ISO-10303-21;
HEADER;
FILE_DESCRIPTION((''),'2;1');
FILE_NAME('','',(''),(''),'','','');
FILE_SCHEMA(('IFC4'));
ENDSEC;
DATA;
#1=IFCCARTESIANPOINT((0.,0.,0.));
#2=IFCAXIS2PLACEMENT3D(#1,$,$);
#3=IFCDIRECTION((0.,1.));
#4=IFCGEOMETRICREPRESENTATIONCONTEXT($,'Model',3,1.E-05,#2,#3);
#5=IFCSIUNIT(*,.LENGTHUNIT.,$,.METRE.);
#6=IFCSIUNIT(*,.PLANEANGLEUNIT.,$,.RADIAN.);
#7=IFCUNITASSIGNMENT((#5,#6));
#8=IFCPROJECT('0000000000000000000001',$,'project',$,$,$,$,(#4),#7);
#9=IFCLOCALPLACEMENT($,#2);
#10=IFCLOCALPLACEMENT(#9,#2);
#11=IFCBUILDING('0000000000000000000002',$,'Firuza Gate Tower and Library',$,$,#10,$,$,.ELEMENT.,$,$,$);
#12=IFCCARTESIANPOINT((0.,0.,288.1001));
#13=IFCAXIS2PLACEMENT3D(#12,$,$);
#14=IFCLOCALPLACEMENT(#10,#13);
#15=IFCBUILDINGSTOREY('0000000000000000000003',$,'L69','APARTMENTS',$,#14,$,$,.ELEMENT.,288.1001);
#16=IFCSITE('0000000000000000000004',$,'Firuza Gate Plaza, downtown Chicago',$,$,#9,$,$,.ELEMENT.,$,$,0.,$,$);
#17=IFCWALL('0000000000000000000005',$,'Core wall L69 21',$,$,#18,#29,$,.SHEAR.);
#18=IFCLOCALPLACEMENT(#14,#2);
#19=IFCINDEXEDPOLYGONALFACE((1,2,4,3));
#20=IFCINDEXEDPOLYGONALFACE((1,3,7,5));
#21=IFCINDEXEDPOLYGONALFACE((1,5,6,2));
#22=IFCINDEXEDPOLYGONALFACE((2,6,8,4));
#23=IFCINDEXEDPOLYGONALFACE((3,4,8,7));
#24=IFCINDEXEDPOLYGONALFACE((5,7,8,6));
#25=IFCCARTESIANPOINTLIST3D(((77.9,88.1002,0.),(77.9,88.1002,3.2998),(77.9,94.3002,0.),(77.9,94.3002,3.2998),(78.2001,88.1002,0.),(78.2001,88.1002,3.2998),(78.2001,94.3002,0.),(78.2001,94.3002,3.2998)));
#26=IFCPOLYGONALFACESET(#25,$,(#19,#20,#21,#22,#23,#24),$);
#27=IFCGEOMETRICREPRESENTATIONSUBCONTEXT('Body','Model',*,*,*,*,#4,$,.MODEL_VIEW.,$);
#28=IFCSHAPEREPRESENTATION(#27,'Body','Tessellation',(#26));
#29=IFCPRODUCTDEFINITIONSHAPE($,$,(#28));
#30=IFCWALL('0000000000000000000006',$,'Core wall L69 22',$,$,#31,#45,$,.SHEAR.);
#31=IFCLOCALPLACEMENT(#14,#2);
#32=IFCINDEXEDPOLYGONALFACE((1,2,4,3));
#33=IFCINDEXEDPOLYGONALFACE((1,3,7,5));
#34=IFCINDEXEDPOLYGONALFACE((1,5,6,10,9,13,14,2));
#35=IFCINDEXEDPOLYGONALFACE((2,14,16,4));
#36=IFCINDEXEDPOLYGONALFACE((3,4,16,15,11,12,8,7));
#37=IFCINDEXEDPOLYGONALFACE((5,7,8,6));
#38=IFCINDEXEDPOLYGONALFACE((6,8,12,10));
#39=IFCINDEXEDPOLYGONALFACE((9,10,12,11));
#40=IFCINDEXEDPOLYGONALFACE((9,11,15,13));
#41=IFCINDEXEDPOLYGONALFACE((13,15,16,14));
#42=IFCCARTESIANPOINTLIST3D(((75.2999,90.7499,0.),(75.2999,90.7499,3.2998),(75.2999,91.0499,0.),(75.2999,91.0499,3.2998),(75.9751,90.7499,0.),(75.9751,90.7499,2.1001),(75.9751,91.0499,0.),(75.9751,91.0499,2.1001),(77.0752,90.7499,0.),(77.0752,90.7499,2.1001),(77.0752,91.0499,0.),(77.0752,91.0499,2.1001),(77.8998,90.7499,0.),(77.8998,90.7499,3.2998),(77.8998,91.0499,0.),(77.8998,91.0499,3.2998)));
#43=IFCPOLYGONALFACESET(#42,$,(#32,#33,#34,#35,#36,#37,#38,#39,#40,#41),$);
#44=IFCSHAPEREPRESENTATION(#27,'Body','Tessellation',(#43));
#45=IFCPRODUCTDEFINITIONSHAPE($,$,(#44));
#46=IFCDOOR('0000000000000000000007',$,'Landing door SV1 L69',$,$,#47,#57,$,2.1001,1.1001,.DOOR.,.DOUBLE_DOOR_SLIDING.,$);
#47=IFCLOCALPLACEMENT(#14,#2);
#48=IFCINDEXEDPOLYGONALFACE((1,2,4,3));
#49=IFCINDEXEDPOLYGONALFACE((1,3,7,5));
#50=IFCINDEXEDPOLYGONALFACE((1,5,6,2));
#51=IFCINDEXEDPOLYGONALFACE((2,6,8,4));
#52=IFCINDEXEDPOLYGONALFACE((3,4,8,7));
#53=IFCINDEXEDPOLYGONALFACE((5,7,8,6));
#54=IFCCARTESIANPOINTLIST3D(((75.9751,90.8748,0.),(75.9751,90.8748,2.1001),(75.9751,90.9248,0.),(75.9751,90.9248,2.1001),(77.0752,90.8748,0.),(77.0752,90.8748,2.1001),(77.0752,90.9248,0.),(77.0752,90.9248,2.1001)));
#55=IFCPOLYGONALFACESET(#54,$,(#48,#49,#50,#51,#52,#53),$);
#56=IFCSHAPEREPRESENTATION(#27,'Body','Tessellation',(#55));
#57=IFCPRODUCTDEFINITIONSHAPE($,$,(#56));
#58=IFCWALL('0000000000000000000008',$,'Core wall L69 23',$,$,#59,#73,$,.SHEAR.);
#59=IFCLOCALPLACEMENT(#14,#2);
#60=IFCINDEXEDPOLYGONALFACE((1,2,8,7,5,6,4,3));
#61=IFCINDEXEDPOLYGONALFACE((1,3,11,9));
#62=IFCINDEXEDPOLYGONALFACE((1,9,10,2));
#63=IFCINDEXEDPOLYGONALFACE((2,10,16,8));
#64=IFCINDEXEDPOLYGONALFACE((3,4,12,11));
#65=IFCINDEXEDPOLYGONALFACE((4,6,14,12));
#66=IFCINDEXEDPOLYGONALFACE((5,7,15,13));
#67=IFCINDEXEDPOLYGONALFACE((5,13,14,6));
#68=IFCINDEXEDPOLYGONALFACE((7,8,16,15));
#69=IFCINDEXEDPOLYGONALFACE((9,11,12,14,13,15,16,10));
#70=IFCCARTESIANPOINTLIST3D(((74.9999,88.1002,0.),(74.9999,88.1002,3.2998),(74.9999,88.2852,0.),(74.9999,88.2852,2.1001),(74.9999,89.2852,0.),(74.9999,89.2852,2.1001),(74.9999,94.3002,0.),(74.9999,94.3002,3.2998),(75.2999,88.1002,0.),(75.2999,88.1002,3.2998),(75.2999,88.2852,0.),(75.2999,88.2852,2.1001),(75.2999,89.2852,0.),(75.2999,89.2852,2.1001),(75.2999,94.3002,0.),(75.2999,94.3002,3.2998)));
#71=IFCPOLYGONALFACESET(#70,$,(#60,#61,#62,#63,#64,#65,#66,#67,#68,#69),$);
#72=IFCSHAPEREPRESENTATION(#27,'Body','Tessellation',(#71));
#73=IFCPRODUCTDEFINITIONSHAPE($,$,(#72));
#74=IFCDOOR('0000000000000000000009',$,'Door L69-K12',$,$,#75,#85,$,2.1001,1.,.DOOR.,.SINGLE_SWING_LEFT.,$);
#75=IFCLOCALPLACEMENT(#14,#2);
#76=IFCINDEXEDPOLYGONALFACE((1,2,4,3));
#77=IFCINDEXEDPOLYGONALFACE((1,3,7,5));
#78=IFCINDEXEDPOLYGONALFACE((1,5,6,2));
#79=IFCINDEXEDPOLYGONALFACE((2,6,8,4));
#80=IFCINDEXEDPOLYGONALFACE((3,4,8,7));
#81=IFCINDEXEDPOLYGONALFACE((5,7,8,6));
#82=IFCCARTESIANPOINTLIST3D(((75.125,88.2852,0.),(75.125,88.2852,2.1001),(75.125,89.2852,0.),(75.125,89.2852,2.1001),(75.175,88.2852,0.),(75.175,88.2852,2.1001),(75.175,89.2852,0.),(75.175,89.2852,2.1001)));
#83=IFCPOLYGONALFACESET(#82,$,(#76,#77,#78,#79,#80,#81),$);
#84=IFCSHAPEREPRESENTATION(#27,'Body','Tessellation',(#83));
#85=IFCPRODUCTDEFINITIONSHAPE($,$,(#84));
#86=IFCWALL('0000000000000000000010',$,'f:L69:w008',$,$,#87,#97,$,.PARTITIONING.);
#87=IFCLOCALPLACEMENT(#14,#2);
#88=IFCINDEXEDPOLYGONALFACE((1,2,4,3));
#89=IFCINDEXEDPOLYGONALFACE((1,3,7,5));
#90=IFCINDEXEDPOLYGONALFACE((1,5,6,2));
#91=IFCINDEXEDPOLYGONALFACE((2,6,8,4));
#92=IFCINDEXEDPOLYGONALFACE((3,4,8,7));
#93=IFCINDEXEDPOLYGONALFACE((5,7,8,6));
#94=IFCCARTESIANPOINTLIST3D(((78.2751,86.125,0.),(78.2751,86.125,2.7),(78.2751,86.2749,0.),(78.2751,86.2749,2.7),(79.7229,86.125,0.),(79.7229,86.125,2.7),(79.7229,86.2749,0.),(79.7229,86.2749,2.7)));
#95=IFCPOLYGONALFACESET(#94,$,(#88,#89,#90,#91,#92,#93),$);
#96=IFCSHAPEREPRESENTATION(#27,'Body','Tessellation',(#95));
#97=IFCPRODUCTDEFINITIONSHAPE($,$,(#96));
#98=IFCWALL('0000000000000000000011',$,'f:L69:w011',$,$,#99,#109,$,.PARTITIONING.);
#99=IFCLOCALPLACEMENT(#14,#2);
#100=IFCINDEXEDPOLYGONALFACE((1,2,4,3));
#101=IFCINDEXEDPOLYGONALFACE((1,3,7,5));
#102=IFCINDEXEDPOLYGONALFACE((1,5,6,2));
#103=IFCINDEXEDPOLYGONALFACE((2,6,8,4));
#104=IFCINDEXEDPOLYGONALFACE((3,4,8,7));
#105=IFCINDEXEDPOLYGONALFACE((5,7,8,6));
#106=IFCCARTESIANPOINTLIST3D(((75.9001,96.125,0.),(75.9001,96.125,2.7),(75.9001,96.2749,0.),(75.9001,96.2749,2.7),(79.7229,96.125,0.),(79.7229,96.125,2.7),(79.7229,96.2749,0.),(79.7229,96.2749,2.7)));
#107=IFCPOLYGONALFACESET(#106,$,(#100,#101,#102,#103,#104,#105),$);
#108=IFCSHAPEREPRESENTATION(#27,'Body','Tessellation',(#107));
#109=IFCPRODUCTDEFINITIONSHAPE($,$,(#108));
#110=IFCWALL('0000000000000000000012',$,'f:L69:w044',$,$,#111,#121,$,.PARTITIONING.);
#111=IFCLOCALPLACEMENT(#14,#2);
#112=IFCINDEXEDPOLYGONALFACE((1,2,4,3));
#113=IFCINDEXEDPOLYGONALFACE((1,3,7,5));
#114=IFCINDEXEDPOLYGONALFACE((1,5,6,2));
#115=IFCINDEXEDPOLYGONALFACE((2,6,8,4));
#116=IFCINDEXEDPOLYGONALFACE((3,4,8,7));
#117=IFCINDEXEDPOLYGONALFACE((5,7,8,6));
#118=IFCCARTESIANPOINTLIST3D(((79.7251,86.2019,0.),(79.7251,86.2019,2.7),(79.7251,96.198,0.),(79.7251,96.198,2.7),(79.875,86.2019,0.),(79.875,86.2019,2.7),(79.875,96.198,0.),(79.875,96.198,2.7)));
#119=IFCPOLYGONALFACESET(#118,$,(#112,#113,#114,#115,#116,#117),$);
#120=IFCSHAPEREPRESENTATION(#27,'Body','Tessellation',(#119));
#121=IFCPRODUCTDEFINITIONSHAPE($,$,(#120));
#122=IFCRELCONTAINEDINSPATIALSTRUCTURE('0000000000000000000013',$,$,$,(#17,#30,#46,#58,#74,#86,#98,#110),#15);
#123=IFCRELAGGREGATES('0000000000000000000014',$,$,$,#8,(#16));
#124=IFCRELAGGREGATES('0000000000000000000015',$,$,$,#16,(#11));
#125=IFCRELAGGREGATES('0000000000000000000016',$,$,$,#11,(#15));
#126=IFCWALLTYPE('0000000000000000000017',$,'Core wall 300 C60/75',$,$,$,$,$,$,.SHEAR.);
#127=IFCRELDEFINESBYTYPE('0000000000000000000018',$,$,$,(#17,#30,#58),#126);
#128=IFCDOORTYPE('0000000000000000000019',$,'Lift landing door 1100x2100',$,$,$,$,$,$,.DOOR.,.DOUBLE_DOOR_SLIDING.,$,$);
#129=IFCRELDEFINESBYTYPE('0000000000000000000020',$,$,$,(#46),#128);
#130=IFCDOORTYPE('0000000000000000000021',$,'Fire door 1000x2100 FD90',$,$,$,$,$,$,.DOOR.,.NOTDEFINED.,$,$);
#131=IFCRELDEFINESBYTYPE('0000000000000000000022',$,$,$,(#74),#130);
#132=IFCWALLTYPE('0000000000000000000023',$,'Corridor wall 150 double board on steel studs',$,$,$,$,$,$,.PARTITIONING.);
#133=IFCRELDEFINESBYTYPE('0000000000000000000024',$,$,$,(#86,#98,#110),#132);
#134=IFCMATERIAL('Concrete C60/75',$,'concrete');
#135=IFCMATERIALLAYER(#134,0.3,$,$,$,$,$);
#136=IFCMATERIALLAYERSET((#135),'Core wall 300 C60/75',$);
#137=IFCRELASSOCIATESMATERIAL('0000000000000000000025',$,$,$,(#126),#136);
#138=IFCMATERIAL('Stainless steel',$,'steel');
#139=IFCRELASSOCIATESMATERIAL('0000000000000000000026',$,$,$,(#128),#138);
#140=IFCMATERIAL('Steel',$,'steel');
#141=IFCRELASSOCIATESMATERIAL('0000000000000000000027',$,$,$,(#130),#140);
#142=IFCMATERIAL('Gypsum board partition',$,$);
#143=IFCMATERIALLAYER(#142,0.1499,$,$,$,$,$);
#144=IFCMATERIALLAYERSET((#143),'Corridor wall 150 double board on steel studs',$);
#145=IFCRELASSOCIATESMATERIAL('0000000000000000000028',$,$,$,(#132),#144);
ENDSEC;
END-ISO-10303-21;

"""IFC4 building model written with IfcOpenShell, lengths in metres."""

from ifc_helpers import new_model, si_unit, direction, frame, frame_2d, origin, place, context, subcontext, project, spatial, rectangle, extrude, material, layer, layer_set, type_object, element, fill, save


model = new_model("IFC4")

# Units and contexts
model_context = context("Model", 3, precision=1e-05, world=origin(), true_north=direction((0.0, 1.0)))
body_context = subcontext(model_context, "Body", "Model", "MODEL_VIEW")
ifc_project = project(units=[si_unit("LENGTHUNIT", "METRE"), si_unit("PLANEANGLEUNIT", "RADIAN")], contexts=[model_context])

# Site, building, storey
site_placement = place(None, origin())
site = spatial("IfcSite", under=ifc_project, at=site_placement, Name="Firuza Gate Plaza, downtown Chicago", CompositionType="ELEMENT", RefElevation=0.0)
building_placement = place(site_placement, origin())
building = spatial("IfcBuilding", under=site, at=building_placement, Name="Firuza Gate Tower and Library", CompositionType="ELEMENT")
storey_placement = place(building_placement, frame((0.0, 0.0, 288.1001)))
storey = spatial("IfcBuildingStorey", under=building, at=storey_placement, Name="L69", Description="APARTMENTS", CompositionType="ELEMENT", Elevation=288.1001)

# Wall
ifc_material_1 = material(Name="Concrete C60/75", Category="concrete")
ifc_layer_1 = layer(ifc_material_1, 0.3)
ifc_layer_set_1 = layer_set([ifc_layer_1], Name="Core wall 300 C60/75")
wall_type_1 = type_object("IfcWallType", Name="Core wall 300 C60/75", PredefinedType="SHEAR", material=ifc_layer_set_1)
wall_1_placement = place(storey_placement, frame((78.05, 88.1001, 0.0), z_axis=(0.0, 0.0, 1.0), x_axis=(0.0, 1.0, 0.0)))
element("IfcWall", 1, at=wall_1_placement, inside=storey, type_object=wall_type_1, Name="Core wall L69 21", PredefinedType="SHEAR", context=body_context, shape_type="SweptSolid", body=[
    extrude(rectangle(XDim=6.2, YDim=0.3, at=frame_2d((3.1001, 0.0))), origin(), (0.0, 0.0, 1.0), 3.2998),
])

# Walls, openings, doors
wall_2_placement = place(storey_placement, frame((75.3, 90.8999, 0.0), z_axis=(0.0, 0.0, 1.0), x_axis=(1.0, 0.0, 0.0)))
wall_2 = element("IfcWall", 2, at=wall_2_placement, inside=storey, type_object=wall_type_1, Name="Core wall L69 22", PredefinedType="SHEAR", context=body_context, shape_type="SweptSolid", body=[
    extrude(rectangle(XDim=2.5999, YDim=0.3, at=frame_2d((1.2998, 0.0))), origin(), (0.0, 0.0, 1.0), 3.2998),
])
opening_1_placement = place(wall_2_placement, frame((0.675, 0.0, 0.0)))
opening_1 = element("IfcOpeningElement", 3, at=opening_1_placement, cuts=wall_2, PredefinedType="OPENING", context=body_context, shape_type="SweptSolid", body=[
    extrude(rectangle(XDim=1.1001, YDim=2.1001, at=frame_2d((0.55, 1.05))), frame((0.0, 0.1602, 0.0), z_axis=(0.0, -1.0, 0.0), x_axis=(1.0, 0.0, 0.0)), (0.0, 0.0, 1.0), 0.3201),
])
ifc_material_2 = material(Name="Stainless steel", Category="steel")
door_type_1 = type_object("IfcDoorType", Name="Lift landing door 1100x2100", OperationType="DOUBLE_DOOR_SLIDING", PredefinedType="DOOR", material=ifc_material_2)
door_1_placement = place(opening_1_placement, origin())
door_1 = element("IfcDoor", 4, at=door_1_placement, inside=storey, type_object=door_type_1, Name="Landing door SV1 L69", OperationType="DOUBLE_DOOR_SLIDING", OverallHeight=2.1001, OverallWidth=1.1001, PredefinedType="DOOR", context=body_context, shape_type="SweptSolid", body=[
    extrude(rectangle(XDim=1.1001, YDim=2.1001, at=frame_2d((0.55, 1.05))), frame((0.0, 0.0249, 0.0), z_axis=(0.0, -1.0, 0.0), x_axis=(1.0, 0.0, 0.0)), (0.0, 0.0, 1.0), 0.05),
])
fill(opening_1, door_1)
wall_3_placement = place(storey_placement, frame((75.1499, 88.1001, 0.0), z_axis=(0.0, 0.0, 1.0), x_axis=(0.0, 1.0, 0.0)))
wall_3 = element("IfcWall", 5, at=wall_3_placement, inside=storey, type_object=wall_type_1, Name="Core wall L69 23", PredefinedType="SHEAR", context=body_context, shape_type="SweptSolid", body=[
    extrude(rectangle(XDim=6.2, YDim=0.3, at=frame_2d((3.1001, 0.0))), origin(), (0.0, 0.0, 1.0), 3.2998),
])
opening_2_placement = place(wall_3_placement, frame((0.1851, 0.0, 0.0)))
opening_2 = element("IfcOpeningElement", 6, at=opening_2_placement, cuts=wall_3, PredefinedType="OPENING", context=body_context, shape_type="SweptSolid", body=[
    extrude(rectangle(XDim=1.0, YDim=2.1001, at=frame_2d((0.5, 1.05))), frame((0.0, 0.1602, 0.0), z_axis=(0.0, -1.0, 0.0), x_axis=(1.0, 0.0, 0.0)), (0.0, 0.0, 1.0), 0.3201),
])
ifc_material_3 = material(Name="Steel", Category="steel")
door_type_2 = type_object("IfcDoorType", Name="Fire door 1000x2100 FD90", OperationType="NOTDEFINED", PredefinedType="DOOR", material=ifc_material_3)
door_2_placement = place(opening_2_placement, origin())
door_2 = element("IfcDoor", 7, at=door_2_placement, inside=storey, type_object=door_type_2, Name="Door L69-K12", OperationType="SINGLE_SWING_LEFT", OverallHeight=2.1001, OverallWidth=1.0, PredefinedType="DOOR", context=body_context, shape_type="SweptSolid", body=[
    extrude(rectangle(XDim=1.0, YDim=2.1001, at=frame_2d((0.5, 1.05))), frame((0.0, 0.0249, 0.0), z_axis=(0.0, -1.0, 0.0), x_axis=(1.0, 0.0, 0.0)), (0.0, 0.0, 1.0), 0.05),
])
fill(opening_2, door_2)

# Walls
ifc_material_4 = material(Name="Gypsum board partition")
ifc_layer_2 = layer(ifc_material_4, 0.1499)
ifc_layer_set_2 = layer_set([ifc_layer_2], Name="Corridor wall 150 double board on steel studs")
wall_type_2 = type_object("IfcWallType", Name="Corridor wall 150 double board on steel studs", PredefinedType="PARTITIONING", material=ifc_layer_set_2)
wall_4_placement = place(storey_placement, frame((78.2751, 86.2, 0.0), z_axis=(0.0, 0.0, 1.0), x_axis=(1.0, 0.0, 0.0)))
element("IfcWall", 8, at=wall_4_placement, inside=storey, type_object=wall_type_2, Name="f:L69:w008", PredefinedType="PARTITIONING", context=body_context, shape_type="SweptSolid", body=[
    extrude(rectangle(XDim=1.4478, YDim=0.1499, at=frame_2d((0.7239, 0.0))), origin(), (0.0, 0.0, 1.0), 2.7),
])
wall_5_placement = place(storey_placement, frame((75.9001, 96.2, 0.0), z_axis=(0.0, 0.0, 1.0), x_axis=(1.0, 0.0, 0.0)))
element("IfcWall", 9, at=wall_5_placement, inside=storey, type_object=wall_type_2, Name="f:L69:w011", PredefinedType="PARTITIONING", context=body_context, shape_type="SweptSolid", body=[
    extrude(rectangle(XDim=3.8228, YDim=0.1499, at=frame_2d((1.9114, 0.0))), origin(), (0.0, 0.0, 1.0), 2.7),
])
wall_6_placement = place(storey_placement, frame((79.8, 86.2019, 0.0), z_axis=(0.0, 0.0, 1.0), x_axis=(0.0, 1.0, 0.0)))
element("IfcWall", 10, at=wall_6_placement, inside=storey, type_object=wall_type_2, Name="f:L69:w044", PredefinedType="PARTITIONING", context=body_context, shape_type="SweptSolid", body=[
    extrude(rectangle(XDim=9.9961, YDim=0.1499, at=frame_2d((4.998, 0.0))), origin(), (0.0, 0.0, 1.0), 2.7),
])

save(model, "model.ifc")
